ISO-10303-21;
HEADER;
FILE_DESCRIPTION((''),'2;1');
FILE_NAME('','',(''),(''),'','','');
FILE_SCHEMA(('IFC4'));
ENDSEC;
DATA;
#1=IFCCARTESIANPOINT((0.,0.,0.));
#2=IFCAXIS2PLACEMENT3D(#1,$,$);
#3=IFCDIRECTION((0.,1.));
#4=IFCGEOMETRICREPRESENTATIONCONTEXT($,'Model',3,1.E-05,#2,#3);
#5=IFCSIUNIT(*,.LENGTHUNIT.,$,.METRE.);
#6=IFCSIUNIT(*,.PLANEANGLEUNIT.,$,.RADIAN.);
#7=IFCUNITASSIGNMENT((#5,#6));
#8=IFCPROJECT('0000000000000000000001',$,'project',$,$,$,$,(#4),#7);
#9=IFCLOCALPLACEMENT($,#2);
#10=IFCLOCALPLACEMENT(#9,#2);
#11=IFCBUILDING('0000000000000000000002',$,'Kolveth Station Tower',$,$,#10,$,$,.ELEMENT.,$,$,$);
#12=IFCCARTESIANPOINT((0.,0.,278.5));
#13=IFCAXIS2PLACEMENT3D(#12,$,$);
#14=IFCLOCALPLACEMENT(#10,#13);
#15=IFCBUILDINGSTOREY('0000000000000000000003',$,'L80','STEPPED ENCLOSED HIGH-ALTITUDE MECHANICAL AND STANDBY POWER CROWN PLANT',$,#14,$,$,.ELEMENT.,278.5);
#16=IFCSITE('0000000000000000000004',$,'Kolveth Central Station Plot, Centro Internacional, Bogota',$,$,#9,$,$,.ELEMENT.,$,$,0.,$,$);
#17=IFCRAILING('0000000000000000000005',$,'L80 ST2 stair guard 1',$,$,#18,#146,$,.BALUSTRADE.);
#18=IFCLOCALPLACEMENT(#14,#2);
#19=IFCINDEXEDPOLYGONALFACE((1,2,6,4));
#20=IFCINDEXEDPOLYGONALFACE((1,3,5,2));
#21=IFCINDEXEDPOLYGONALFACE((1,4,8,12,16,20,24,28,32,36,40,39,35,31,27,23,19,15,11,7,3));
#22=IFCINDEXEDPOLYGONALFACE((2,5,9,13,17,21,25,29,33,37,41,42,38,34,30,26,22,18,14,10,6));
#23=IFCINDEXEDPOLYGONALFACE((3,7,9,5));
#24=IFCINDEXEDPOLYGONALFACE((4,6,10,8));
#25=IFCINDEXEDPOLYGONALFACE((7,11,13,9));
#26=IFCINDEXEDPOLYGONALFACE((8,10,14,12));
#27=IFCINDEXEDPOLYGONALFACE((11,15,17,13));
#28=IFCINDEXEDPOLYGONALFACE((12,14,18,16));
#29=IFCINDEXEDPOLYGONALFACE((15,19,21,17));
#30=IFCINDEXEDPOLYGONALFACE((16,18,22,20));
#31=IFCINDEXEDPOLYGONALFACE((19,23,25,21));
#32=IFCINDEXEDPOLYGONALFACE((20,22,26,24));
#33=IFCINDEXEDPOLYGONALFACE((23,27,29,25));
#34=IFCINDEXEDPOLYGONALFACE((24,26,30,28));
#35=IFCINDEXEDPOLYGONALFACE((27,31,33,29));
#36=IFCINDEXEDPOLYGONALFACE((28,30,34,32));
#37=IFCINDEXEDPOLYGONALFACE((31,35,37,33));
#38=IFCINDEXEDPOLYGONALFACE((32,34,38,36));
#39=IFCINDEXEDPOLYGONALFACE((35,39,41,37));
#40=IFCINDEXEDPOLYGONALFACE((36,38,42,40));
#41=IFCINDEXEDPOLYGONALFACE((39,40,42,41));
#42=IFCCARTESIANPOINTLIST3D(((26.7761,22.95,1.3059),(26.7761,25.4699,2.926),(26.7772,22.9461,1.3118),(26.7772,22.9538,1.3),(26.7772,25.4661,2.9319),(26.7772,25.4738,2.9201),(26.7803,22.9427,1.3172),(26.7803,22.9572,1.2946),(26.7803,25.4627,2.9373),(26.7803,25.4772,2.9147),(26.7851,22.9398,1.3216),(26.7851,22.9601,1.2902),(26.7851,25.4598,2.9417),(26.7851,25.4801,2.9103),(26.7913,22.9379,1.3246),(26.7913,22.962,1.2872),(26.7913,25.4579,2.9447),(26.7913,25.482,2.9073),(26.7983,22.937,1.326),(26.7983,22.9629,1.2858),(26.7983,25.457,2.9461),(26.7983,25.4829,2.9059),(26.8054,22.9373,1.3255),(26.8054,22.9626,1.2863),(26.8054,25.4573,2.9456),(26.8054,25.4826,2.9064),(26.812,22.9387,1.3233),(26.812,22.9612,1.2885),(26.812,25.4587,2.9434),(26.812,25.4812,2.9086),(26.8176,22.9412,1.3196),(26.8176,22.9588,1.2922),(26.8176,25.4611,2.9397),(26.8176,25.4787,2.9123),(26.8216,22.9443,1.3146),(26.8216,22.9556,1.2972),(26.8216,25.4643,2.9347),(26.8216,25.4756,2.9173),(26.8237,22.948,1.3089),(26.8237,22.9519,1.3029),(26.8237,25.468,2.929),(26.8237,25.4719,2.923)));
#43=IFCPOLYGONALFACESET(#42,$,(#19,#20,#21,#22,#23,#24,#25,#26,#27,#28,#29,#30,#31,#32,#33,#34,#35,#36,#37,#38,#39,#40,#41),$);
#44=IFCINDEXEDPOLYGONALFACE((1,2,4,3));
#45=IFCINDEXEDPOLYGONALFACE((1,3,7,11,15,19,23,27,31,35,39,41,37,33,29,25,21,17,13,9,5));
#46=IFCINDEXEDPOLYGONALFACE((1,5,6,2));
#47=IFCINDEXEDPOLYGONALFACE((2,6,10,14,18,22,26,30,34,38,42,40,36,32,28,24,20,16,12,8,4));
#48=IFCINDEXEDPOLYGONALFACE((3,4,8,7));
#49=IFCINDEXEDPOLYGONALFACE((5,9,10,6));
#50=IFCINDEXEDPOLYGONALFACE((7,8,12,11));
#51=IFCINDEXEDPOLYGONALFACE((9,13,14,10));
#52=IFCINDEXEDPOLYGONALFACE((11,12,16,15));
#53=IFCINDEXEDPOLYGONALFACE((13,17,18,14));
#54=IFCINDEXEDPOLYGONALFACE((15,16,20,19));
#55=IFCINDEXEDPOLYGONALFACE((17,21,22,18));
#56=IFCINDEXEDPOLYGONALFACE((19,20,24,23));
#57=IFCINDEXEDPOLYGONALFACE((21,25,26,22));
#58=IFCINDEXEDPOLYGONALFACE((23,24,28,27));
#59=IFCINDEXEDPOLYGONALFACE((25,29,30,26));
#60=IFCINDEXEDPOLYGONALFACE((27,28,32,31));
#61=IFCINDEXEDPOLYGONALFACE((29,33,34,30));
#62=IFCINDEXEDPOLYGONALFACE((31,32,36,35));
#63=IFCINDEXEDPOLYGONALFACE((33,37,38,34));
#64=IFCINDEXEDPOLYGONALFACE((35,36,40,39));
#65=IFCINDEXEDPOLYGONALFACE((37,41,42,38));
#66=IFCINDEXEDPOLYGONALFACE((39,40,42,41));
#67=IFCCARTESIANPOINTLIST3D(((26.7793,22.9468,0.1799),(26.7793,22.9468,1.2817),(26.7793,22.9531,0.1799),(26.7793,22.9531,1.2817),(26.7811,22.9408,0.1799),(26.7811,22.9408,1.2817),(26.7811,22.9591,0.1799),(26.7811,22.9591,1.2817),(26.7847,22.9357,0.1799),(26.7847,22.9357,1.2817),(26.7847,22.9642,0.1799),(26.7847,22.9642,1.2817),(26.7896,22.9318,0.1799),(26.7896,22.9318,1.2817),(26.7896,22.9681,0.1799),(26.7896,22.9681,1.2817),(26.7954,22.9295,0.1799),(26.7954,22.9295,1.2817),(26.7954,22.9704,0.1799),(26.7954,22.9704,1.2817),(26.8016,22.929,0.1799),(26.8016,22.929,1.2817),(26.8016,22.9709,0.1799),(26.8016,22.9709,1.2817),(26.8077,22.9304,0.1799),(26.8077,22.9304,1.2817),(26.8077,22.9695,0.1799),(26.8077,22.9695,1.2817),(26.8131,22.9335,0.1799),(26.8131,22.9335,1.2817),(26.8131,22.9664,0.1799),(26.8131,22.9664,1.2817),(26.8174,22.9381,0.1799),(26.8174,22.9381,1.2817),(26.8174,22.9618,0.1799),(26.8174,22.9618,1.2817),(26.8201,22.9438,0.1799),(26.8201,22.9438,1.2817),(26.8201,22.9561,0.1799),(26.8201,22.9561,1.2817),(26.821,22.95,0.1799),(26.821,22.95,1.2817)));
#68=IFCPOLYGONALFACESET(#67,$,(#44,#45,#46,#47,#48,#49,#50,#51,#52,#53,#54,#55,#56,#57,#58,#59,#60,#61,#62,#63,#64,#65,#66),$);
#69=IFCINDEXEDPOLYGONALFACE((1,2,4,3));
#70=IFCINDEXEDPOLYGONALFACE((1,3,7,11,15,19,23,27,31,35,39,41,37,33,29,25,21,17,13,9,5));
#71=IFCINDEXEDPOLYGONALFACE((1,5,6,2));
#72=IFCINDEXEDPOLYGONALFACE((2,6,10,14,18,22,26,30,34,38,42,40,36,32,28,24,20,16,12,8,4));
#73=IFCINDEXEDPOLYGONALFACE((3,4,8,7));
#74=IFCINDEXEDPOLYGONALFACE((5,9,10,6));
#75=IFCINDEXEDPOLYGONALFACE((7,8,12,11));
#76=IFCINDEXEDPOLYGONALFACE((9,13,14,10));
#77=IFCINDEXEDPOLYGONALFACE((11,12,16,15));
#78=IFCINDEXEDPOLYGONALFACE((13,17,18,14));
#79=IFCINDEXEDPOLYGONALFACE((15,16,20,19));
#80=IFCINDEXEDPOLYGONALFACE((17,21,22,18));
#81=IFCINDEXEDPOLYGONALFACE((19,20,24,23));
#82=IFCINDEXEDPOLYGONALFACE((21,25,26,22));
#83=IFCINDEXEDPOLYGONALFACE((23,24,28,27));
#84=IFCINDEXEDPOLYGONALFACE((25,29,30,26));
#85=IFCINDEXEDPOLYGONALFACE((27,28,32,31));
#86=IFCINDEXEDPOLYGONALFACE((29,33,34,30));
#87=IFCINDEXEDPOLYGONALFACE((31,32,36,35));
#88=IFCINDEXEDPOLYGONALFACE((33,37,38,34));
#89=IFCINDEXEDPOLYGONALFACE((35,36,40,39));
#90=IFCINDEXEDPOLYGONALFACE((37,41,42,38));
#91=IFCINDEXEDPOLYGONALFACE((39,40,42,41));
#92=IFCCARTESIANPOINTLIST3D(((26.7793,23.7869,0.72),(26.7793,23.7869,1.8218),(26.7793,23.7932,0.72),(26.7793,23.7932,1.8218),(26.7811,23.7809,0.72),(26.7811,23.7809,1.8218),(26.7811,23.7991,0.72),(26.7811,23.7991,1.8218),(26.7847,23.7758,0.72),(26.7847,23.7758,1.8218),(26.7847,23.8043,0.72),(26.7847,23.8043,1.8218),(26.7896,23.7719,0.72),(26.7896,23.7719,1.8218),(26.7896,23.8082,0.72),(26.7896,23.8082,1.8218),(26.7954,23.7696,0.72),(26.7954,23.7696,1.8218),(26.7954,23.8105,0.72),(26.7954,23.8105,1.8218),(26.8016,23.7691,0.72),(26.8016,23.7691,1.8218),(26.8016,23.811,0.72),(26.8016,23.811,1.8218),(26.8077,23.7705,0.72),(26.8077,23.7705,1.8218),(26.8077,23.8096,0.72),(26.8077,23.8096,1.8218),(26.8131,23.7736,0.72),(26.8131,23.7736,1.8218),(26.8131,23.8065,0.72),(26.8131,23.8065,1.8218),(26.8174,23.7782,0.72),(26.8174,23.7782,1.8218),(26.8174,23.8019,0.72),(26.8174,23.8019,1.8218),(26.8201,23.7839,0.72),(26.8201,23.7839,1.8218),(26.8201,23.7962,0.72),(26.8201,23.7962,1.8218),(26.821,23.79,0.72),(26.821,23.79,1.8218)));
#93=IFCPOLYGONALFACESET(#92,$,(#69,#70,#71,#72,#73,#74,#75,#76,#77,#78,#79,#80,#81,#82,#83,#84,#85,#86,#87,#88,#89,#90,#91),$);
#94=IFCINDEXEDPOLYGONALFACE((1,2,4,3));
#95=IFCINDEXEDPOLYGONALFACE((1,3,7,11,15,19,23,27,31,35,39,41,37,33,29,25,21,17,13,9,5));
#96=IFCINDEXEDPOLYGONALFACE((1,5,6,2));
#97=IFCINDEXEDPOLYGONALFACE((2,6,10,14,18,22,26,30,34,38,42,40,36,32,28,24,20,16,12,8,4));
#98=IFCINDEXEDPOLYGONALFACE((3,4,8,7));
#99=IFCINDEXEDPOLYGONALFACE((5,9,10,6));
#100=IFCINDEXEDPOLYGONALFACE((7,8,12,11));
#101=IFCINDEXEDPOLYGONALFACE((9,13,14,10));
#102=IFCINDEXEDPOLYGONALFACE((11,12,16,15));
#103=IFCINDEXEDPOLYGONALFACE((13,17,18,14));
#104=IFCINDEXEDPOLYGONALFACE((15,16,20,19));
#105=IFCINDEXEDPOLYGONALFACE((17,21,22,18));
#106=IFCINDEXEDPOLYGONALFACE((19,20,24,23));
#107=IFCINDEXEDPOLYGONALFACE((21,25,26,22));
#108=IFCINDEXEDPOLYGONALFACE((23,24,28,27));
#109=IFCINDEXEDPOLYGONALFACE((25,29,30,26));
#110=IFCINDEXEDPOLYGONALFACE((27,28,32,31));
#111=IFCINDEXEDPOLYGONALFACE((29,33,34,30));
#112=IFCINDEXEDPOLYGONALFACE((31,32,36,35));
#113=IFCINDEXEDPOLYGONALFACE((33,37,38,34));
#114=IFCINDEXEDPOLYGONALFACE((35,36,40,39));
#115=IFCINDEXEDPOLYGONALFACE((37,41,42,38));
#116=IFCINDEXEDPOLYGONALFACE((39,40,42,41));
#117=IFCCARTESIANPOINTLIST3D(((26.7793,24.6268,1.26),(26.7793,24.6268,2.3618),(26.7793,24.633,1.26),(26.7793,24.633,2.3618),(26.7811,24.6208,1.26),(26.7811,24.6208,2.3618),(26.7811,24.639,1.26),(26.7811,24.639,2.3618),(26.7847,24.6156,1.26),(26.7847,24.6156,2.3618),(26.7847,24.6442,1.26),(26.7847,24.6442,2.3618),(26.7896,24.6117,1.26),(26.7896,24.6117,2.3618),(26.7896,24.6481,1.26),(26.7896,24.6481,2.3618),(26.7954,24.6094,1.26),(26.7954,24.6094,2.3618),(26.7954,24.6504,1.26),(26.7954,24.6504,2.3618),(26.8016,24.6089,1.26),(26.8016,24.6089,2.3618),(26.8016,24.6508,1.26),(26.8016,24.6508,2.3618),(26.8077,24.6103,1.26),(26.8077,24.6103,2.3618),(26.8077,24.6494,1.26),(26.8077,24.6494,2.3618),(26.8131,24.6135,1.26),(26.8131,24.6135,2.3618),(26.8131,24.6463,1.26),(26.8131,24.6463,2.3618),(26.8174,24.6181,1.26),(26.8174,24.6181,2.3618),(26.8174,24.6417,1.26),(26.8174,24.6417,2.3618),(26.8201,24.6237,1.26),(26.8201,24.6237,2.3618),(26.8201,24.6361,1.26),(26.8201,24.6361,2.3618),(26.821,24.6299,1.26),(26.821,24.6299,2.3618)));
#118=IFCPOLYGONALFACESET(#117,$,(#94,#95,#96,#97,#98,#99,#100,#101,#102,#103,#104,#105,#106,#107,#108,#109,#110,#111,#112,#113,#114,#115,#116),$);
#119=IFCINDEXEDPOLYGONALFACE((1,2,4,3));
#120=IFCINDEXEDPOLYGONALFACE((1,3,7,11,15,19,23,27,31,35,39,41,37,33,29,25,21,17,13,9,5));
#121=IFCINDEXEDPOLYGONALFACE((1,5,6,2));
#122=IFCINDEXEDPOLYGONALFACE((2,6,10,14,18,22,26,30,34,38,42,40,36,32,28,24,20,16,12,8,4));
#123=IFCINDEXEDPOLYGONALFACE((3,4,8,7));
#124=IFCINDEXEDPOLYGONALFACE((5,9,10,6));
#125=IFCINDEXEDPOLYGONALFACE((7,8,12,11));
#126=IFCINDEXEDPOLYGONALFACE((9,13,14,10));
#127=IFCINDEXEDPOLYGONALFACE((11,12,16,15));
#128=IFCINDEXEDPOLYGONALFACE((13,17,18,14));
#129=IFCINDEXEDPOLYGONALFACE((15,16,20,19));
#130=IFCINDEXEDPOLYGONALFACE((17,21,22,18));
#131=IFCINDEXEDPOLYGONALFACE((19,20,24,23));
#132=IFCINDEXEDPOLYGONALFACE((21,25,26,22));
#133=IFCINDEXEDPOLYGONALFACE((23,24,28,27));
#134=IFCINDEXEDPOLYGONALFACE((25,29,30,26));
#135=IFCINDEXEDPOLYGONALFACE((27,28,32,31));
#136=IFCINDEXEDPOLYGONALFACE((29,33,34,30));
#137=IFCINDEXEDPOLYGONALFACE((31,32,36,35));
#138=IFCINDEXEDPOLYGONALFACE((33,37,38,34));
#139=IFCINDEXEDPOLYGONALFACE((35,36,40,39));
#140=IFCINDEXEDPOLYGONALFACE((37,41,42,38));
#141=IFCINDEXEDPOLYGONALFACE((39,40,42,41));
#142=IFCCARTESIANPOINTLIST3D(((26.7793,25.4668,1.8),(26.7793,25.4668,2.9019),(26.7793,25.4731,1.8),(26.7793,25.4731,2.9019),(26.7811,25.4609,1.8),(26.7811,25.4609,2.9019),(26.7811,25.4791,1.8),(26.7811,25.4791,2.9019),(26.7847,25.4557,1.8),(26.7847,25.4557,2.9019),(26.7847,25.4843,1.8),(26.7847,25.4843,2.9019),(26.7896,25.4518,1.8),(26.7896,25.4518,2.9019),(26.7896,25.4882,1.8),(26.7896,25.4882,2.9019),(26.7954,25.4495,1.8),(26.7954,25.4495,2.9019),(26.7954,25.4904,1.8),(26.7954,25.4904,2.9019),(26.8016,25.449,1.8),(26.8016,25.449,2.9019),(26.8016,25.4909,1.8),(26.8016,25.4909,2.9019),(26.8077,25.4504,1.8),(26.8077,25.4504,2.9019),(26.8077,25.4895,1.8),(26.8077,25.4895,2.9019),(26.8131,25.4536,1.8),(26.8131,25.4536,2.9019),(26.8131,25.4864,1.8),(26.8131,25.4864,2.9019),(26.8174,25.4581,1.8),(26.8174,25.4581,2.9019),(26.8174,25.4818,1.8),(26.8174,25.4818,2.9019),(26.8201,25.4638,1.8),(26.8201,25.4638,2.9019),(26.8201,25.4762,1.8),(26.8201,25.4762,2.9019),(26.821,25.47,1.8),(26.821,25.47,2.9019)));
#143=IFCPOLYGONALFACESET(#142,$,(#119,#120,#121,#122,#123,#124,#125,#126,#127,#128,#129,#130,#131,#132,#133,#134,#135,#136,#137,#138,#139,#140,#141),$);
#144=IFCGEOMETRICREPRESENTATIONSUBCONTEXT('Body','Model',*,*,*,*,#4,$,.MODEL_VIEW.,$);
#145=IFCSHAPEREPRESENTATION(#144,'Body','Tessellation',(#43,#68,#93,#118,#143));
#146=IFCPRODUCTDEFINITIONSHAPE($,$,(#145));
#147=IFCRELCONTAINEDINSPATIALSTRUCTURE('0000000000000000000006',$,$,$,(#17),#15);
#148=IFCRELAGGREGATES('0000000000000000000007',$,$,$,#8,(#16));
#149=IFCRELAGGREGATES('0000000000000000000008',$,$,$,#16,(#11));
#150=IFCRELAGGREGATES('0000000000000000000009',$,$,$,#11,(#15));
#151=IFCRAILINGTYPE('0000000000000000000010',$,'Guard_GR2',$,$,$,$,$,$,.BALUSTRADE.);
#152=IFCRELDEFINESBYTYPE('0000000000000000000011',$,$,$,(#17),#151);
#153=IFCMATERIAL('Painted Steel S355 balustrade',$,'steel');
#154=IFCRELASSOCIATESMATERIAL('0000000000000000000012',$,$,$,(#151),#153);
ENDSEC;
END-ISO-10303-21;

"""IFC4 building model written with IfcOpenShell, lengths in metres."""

from ifc_helpers import new_model, si_unit, direction, frame, origin, origin_2d, place, context, subcontext, project, spatial, circle, extrude, material, type_object, element, save


model = new_model("IFC4")

# Units and contexts
model_context = context("Model", 3, precision=1e-05, world=origin(), true_north=direction((0.0, 1.0)))
body_context = subcontext(model_context, "Body", "Model", "MODEL_VIEW")
ifc_project = project(units=[si_unit("LENGTHUNIT", "METRE"), si_unit("PLANEANGLEUNIT", "RADIAN")], contexts=[model_context])

# Site, building, storey
site_placement = place(None, origin())
site = spatial("IfcSite", under=ifc_project, at=site_placement, Name="Kolveth Central Station Plot, Centro Internacional, Bogota", CompositionType="ELEMENT", RefElevation=0.0)
building_placement = place(site_placement, origin())
building = spatial("IfcBuilding", under=site, at=building_placement, Name="Kolveth Station Tower", CompositionType="ELEMENT")
storey_placement = place(building_placement, frame((0.0, 0.0, 278.5)))
storey = spatial("IfcBuildingStorey", under=building, at=storey_placement, Name="L80", Description="STEPPED ENCLOSED HIGH-ALTITUDE MECHANICAL AND STANDBY POWER CROWN PLANT", CompositionType="ELEMENT", Elevation=278.5)

# Railing
ifc_material_1 = material(Name="Painted Steel S355 balustrade", Category="steel")
railing_type_1 = type_object("IfcRailingType", Name="Guard_GR2", PredefinedType="BALUSTRADE", material=ifc_material_1)
railing_1_placement = place(storey_placement, frame((26.8, 22.95, 0.1799)))
element("IfcRailing", 1, at=railing_1_placement, inside=storey, type_object=railing_type_1, Name="L80 ST2 stair guard 1", PredefinedType="BALUSTRADE", context=body_context, shape_type="SweptSolid", body=[
    extrude(circle(Radius=0.0239, at=origin_2d()), frame((0.0, 0.0, 1.126), z_axis=(0.0, 0.841163, 0.540782), x_axis=(-1.0, 0.0, 0.0)), (0.0, 0.0, 1.0), 2.9958),
    extrude(circle(Radius=0.021, at=origin_2d()), origin(), (0.0, 0.0, 1.0), 1.1018),
    extrude(circle(Radius=0.021, at=origin_2d()), frame((0.0, 0.8401, 0.54)), (0.0, 0.0, 1.0), 1.1018),
    extrude(circle(Radius=0.021, at=origin_2d()), frame((0.0, 1.6799, 1.0801)), (0.0, 0.0, 1.0), 1.1018),
    extrude(circle(Radius=0.021, at=origin_2d()), frame((0.0, 2.52, 1.6201)), (0.0, 0.0, 1.0), 1.1018),
])

save(model, "model.ifc")
